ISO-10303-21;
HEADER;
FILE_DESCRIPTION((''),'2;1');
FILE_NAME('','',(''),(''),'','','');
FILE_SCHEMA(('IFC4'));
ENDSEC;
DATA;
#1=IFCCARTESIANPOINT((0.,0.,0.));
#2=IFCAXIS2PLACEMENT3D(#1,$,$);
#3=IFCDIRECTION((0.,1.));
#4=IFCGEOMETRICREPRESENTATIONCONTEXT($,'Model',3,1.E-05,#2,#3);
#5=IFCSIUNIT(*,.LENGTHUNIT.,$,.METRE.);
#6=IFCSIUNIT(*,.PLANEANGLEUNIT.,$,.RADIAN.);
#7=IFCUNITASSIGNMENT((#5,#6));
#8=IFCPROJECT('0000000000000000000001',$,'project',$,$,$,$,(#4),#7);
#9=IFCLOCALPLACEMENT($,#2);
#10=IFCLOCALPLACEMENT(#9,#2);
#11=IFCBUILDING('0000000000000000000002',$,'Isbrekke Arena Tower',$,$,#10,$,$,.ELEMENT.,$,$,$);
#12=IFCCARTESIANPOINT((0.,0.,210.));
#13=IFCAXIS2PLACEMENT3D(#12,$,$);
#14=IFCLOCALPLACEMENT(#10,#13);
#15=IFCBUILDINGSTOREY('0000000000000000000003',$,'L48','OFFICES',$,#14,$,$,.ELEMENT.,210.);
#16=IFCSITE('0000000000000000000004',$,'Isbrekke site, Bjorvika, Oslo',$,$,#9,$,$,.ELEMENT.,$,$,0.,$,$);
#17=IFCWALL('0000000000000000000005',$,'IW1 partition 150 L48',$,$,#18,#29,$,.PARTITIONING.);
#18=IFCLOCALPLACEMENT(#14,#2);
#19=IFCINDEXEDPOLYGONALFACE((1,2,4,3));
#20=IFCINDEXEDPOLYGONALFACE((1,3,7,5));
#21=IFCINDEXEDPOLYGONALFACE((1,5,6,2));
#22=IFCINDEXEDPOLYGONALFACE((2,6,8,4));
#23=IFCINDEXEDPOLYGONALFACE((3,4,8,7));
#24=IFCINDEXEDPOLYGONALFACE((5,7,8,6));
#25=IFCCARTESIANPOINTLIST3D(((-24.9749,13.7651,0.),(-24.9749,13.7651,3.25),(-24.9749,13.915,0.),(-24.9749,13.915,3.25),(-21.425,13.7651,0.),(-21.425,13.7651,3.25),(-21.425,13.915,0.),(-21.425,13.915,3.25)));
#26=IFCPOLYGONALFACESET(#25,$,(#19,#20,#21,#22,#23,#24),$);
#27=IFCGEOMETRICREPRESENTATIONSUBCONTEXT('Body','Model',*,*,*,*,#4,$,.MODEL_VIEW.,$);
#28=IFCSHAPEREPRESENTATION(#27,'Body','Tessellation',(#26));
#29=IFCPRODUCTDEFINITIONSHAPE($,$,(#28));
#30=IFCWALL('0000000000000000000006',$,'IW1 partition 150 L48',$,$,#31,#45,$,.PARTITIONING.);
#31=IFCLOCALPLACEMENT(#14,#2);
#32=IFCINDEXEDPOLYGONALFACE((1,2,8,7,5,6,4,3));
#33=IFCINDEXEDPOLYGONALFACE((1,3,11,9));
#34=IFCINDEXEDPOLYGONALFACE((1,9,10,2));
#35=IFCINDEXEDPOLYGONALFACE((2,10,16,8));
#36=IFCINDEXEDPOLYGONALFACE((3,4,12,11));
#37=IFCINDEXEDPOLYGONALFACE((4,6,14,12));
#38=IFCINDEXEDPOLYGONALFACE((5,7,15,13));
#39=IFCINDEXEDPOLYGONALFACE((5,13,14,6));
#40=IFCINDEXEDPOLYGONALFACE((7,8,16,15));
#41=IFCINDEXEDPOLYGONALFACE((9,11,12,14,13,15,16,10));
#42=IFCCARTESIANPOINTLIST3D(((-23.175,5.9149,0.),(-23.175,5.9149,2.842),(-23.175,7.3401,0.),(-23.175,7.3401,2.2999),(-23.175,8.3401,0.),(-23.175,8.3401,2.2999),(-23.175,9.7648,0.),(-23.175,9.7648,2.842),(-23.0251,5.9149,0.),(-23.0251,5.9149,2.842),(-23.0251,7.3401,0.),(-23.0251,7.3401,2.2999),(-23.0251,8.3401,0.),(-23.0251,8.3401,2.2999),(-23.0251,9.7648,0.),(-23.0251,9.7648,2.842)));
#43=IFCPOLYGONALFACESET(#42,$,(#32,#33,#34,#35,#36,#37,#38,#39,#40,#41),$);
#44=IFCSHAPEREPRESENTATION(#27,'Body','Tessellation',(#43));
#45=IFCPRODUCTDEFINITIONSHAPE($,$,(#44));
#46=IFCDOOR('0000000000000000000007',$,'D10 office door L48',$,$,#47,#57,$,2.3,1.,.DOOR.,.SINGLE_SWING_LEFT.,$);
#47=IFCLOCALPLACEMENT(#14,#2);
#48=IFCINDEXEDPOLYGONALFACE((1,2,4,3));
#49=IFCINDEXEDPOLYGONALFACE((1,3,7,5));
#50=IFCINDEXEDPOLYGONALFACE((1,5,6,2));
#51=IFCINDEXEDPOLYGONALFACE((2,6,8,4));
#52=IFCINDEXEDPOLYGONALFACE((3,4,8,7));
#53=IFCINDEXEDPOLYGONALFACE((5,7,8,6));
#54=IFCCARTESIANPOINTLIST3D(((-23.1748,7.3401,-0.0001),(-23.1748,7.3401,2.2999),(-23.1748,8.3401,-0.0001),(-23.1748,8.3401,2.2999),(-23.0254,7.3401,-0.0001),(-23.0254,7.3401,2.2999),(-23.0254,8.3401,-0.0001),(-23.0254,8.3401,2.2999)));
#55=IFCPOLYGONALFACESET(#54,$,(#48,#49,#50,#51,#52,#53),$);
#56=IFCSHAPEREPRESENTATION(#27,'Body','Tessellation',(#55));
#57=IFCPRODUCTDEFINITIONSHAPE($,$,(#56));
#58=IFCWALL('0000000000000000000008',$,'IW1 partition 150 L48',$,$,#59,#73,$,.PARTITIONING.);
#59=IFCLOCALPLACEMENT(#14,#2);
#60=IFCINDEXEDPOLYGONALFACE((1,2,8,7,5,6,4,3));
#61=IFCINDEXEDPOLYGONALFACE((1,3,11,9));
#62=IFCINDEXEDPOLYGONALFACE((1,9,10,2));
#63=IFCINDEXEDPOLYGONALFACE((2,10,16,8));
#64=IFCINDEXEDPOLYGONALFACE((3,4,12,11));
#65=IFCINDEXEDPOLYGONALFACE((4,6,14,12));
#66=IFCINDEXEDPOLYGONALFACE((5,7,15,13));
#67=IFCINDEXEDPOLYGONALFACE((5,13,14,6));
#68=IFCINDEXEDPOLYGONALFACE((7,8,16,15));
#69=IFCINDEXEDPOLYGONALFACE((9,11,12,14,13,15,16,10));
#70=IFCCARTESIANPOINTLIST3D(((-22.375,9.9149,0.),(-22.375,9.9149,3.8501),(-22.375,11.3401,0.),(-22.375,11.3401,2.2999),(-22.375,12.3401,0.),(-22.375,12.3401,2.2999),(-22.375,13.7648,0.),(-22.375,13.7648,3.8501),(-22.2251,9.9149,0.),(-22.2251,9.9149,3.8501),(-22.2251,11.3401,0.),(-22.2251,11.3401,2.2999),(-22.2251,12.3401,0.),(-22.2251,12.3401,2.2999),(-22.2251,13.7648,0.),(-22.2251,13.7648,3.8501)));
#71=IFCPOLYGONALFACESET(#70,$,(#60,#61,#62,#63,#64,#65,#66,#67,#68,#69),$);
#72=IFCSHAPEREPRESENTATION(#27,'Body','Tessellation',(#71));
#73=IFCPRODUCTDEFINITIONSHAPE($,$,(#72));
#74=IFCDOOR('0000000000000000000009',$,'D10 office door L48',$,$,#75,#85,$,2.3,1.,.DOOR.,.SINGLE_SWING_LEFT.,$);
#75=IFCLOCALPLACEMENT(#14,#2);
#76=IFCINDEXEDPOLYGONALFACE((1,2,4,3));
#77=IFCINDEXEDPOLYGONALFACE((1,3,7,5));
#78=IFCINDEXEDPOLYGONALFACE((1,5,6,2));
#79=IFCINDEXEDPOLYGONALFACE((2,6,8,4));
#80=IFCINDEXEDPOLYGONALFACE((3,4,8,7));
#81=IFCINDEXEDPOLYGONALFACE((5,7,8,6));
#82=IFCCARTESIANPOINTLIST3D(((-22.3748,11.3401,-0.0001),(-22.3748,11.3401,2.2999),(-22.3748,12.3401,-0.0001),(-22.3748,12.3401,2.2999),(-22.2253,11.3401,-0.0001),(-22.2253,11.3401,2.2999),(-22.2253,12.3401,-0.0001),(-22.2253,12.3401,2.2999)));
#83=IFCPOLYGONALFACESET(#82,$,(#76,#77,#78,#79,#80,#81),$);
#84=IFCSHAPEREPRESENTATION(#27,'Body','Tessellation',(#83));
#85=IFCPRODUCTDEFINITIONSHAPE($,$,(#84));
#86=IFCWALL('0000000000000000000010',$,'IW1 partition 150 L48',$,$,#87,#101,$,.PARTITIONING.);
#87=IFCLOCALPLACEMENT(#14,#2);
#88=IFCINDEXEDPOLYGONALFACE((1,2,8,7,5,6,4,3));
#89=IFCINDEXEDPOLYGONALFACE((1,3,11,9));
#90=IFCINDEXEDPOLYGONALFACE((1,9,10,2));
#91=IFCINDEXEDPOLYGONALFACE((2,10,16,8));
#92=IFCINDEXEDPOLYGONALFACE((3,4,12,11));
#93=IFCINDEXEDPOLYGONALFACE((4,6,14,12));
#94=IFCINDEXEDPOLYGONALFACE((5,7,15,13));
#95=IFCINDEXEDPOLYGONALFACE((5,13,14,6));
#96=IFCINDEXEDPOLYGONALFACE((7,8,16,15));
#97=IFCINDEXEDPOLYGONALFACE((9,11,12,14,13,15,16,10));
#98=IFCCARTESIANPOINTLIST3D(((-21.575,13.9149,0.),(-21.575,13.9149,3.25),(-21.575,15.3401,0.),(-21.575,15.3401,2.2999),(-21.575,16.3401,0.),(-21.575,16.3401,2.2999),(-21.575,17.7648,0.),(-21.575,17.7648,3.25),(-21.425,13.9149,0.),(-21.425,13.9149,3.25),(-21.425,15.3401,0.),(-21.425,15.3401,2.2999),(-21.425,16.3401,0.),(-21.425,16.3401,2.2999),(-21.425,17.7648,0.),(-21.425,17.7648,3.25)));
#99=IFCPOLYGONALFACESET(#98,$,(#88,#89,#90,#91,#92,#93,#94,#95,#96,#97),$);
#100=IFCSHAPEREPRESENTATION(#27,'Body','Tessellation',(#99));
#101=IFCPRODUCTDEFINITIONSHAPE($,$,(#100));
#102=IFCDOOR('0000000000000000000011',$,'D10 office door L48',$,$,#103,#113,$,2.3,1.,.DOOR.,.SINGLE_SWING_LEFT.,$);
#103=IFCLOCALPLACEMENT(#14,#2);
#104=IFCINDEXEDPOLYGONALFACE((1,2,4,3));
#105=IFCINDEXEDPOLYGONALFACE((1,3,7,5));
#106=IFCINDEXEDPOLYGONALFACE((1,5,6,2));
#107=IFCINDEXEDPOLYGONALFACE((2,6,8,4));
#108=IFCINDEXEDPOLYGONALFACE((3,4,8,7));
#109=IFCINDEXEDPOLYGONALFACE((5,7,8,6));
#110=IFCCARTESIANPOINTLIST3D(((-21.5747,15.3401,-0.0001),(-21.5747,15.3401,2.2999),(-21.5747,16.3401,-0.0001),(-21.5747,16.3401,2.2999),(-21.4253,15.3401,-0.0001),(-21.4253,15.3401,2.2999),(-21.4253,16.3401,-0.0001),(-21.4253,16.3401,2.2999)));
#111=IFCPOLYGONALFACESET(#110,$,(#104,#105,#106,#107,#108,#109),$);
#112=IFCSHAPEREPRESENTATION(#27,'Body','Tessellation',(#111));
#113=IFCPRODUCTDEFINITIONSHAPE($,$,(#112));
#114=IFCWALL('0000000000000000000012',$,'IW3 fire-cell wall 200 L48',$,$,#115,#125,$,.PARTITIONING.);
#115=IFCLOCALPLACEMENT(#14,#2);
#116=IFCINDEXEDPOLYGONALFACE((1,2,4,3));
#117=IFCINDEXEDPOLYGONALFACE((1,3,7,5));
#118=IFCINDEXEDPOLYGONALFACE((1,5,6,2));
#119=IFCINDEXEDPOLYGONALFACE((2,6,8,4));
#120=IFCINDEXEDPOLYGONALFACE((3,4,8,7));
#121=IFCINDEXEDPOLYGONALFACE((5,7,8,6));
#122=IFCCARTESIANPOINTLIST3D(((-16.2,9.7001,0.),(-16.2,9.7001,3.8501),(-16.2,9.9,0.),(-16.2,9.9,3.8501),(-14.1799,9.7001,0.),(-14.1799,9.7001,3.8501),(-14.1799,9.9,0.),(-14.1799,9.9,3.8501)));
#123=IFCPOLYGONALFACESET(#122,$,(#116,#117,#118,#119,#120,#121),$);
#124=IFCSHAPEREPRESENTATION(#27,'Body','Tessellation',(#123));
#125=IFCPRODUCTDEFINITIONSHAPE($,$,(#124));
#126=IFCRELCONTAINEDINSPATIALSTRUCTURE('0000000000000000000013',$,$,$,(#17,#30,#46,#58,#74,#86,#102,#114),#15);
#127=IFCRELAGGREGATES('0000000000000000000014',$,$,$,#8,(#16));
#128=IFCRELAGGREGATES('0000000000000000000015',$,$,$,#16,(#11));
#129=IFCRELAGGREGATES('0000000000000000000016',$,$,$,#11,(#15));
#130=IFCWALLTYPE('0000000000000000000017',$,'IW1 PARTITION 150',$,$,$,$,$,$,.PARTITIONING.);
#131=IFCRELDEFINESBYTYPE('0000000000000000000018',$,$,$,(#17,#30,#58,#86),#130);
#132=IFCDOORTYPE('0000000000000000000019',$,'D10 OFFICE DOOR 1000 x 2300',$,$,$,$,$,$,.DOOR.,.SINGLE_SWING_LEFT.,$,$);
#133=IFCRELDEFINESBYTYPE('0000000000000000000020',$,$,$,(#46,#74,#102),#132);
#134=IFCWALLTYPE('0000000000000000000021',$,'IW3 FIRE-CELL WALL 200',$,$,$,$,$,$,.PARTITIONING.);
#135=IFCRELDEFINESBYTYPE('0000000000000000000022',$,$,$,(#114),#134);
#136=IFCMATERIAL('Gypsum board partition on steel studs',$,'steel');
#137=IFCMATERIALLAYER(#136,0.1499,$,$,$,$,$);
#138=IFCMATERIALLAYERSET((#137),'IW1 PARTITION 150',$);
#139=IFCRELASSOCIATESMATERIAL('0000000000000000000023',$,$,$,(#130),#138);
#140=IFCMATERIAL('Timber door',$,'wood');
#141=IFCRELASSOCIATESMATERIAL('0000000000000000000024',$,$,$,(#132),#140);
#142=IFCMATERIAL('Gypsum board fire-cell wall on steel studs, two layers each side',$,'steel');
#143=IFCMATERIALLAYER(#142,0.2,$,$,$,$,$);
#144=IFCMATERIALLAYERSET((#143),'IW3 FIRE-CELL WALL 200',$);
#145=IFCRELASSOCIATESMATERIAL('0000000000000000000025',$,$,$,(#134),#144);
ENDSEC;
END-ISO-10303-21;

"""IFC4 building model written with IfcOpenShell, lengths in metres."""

from ifc_helpers import new_model, si_unit, direction, frame, frame_2d, origin, place, context, subcontext, project, spatial, rectangle, extrude, material, layer, layer_set, type_object, element, fill, save


model = new_model("IFC4")

# Units and contexts
model_context = context("Model", 3, precision=1e-05, world=origin(), true_north=direction((0.0, 1.0)))
body_context = subcontext(model_context, "Body", "Model", "MODEL_VIEW")
ifc_project = project(units=[si_unit("LENGTHUNIT", "METRE"), si_unit("PLANEANGLEUNIT", "RADIAN")], contexts=[model_context])

# Site, building, storey
site_placement = place(None, origin())
site = spatial("IfcSite", under=ifc_project, at=site_placement, Name="Isbrekke site, Bjorvika, Oslo", CompositionType="ELEMENT", RefElevation=0.0)
building_placement = place(site_placement, origin())
building = spatial("IfcBuilding", under=site, at=building_placement, Name="Isbrekke Arena Tower", CompositionType="ELEMENT")
storey_placement = place(building_placement, frame((0.0, 0.0, 210.0)))
storey = spatial("IfcBuildingStorey", under=building, at=storey_placement, Name="L48", Description="OFFICES", CompositionType="ELEMENT", Elevation=210.0)

# Wall
ifc_material_1 = material(Name="Gypsum board partition on steel studs", Category="steel")
ifc_layer_1 = layer(ifc_material_1, 0.1499)
ifc_layer_set_1 = layer_set([ifc_layer_1], Name="IW1 PARTITION 150")
wall_type_1 = type_object("IfcWallType", Name="IW1 PARTITION 150", PredefinedType="PARTITIONING", material=ifc_layer_set_1)
for number, where, z_axis, x_axis, name in (
    (1, (-24.9749, 13.8401, 0.0), (0.0, 0.0, 1.0), (1.0, 0.0, 0.0), "IW1 partition 150 L48"),
):
    element("IfcWall", number, at=place(storey_placement, frame(where, z_axis=z_axis, x_axis=x_axis)), inside=storey, type_object=wall_type_1, Name=name, PredefinedType="PARTITIONING", context=body_context, shape_type="SweptSolid", body=[
        extrude(rectangle(XDim=3.5498, YDim=0.1499, at=frame_2d((1.7749, 0.0))), origin(), (0.0, 0.0, 1.0), 3.25),
    ])

# Walls, openings, doors
wall_1_placement = place(storey_placement, frame((-23.1001, 5.915, 0.0), z_axis=(0.0, 0.0, 1.0), x_axis=(0.0, 1.0, 0.0)))
wall_1 = element("IfcWall", 2, at=wall_1_placement, inside=storey, type_object=wall_type_1, Name="IW1 partition 150 L48", PredefinedType="PARTITIONING", context=body_context, shape_type="SweptSolid", body=[
    extrude(rectangle(XDim=3.8499, YDim=0.1499, at=frame_2d((1.9248, 0.0))), origin(), (0.0, 0.0, 1.0), 2.842),
])
opening_1_placement = place(wall_1_placement, frame((1.425, 0.0, 0.0)))
opening_1 = element("IfcOpeningElement", 3, at=opening_1_placement, cuts=wall_1, PredefinedType="OPENING", context=body_context, shape_type="SweptSolid", body=[
    extrude(rectangle(XDim=1.0, YDim=2.3, at=frame_2d((0.5, 1.1499))), frame((0.0, 0.0898, 0.0), z_axis=(0.0, -1.0, 0.0), x_axis=(1.0, 0.0, 0.0)), (0.0, 0.0, 1.0), 0.1797),
])
ifc_material_2 = material(Name="Timber door", Category="wood")
door_type = type_object("IfcDoorType", Name="D10 OFFICE DOOR 1000 x 2300", OperationType="SINGLE_SWING_LEFT", PredefinedType="DOOR", material=ifc_material_2)
door_1_placement = place(opening_1_placement, origin())
door_1 = element("IfcDoor", 4, at=door_1_placement, inside=storey, type_object=door_type, Name="D10 office door L48", OperationType="SINGLE_SWING_LEFT", OverallHeight=2.3, OverallWidth=1.0, PredefinedType="DOOR", context=body_context, shape_type="SweptSolid", body=[
    extrude(rectangle(XDim=1.0, YDim=2.3, at=frame_2d((0.5, 1.1499))), frame((0.0, 0.0747, 0.0), z_axis=(0.0, -1.0, 0.0), x_axis=(1.0, 0.0, 0.0)), (0.0, 0.0, 1.0), 0.1494),
])
fill(opening_1, door_1)
wall_2_placement = place(storey_placement, frame((-22.3, 9.915, 0.0), z_axis=(0.0, 0.0, 1.0), x_axis=(0.0, 1.0, 0.0)))
wall_2 = element("IfcWall", 5, at=wall_2_placement, inside=storey, type_object=wall_type_1, Name="IW1 partition 150 L48", PredefinedType="PARTITIONING", context=body_context, shape_type="SweptSolid", body=[
    extrude(rectangle(XDim=3.8499, YDim=0.1499, at=frame_2d((1.9248, 0.0))), origin(), (0.0, 0.0, 1.0), 3.8501),
])
opening_2_placement = place(wall_2_placement, frame((1.425, 0.0, 0.0)))
opening_2 = element("IfcOpeningElement", 6, at=opening_2_placement, cuts=wall_2, PredefinedType="OPENING", context=body_context, shape_type="SweptSolid", body=[
    extrude(rectangle(XDim=1.0, YDim=2.3, at=frame_2d((0.5, 1.1499))), frame((0.0, 0.0898, 0.0), z_axis=(0.0, -1.0, 0.0), x_axis=(1.0, 0.0, 0.0)), (0.0, 0.0, 1.0), 0.1797),
])
door_2_placement = place(opening_2_placement, origin())
door_2 = element("IfcDoor", 7, at=door_2_placement, inside=storey, type_object=door_type, Name="D10 office door L48", OperationType="SINGLE_SWING_LEFT", OverallHeight=2.3, OverallWidth=1.0, PredefinedType="DOOR", context=body_context, shape_type="SweptSolid", body=[
    extrude(rectangle(XDim=1.0, YDim=2.3, at=frame_2d((0.5, 1.1499))), frame((0.0, 0.0747, 0.0), z_axis=(0.0, -1.0, 0.0), x_axis=(1.0, 0.0, 0.0)), (0.0, 0.0, 1.0), 0.1494),
])
fill(opening_2, door_2)
wall_3_placement = place(storey_placement, frame((-21.5, 13.915, 0.0), z_axis=(0.0, 0.0, 1.0), x_axis=(0.0, 1.0, 0.0)))
wall_3 = element("IfcWall", 8, at=wall_3_placement, inside=storey, type_object=wall_type_1, Name="IW1 partition 150 L48", PredefinedType="PARTITIONING", context=body_context, shape_type="SweptSolid", body=[
    extrude(rectangle(XDim=3.8499, YDim=0.1499, at=frame_2d((1.9248, 0.0))), origin(), (0.0, 0.0, 1.0), 3.25),
])
opening_3_placement = place(wall_3_placement, frame((1.425, 0.0, 0.0)))
opening_3 = element("IfcOpeningElement", 9, at=opening_3_placement, cuts=wall_3, PredefinedType="OPENING", context=body_context, shape_type="SweptSolid", body=[
    extrude(rectangle(XDim=1.0, YDim=2.3, at=frame_2d((0.5, 1.1499))), frame((0.0, 0.0898, 0.0), z_axis=(0.0, -1.0, 0.0), x_axis=(1.0, 0.0, 0.0)), (0.0, 0.0, 1.0), 0.1797),
])
door_3_placement = place(opening_3_placement, origin())
door_3 = element("IfcDoor", 10, at=door_3_placement, inside=storey, type_object=door_type, Name="D10 office door L48", OperationType="SINGLE_SWING_LEFT", OverallHeight=2.3, OverallWidth=1.0, PredefinedType="DOOR", context=body_context, shape_type="SweptSolid", body=[
    extrude(rectangle(XDim=1.0, YDim=2.3, at=frame_2d((0.5, 1.1499))), frame((0.0, 0.0747, 0.0), z_axis=(0.0, -1.0, 0.0), x_axis=(1.0, 0.0, 0.0)), (0.0, 0.0, 1.0), 0.1494),
])
fill(opening_3, door_3)

# Wall
ifc_material_3 = material(Name="Gypsum board fire-cell wall on steel studs, two layers each side", Category="steel")
ifc_layer_2 = layer(ifc_material_3, 0.2)
ifc_layer_set_2 = layer_set([ifc_layer_2], Name="IW3 FIRE-CELL WALL 200")
wall_type_2 = type_object("IfcWallType", Name="IW3 FIRE-CELL WALL 200", PredefinedType="PARTITIONING", material=ifc_layer_set_2)
wall_4_placement = place(storey_placement, frame((-16.2, 9.8, 0.0), z_axis=(0.0, 0.0, 1.0), x_axis=(1.0, 0.0, 0.0)))
element("IfcWall", 11, at=wall_4_placement, inside=storey, type_object=wall_type_2, Name="IW3 fire-cell wall 200 L48", PredefinedType="PARTITIONING", context=body_context, shape_type="SweptSolid", body=[
    extrude(rectangle(XDim=2.02, YDim=0.2, at=frame_2d((1.01, 0.0))), origin(), (0.0, 0.0, 1.0), 3.8501),
])

save(model, "model.ifc")
